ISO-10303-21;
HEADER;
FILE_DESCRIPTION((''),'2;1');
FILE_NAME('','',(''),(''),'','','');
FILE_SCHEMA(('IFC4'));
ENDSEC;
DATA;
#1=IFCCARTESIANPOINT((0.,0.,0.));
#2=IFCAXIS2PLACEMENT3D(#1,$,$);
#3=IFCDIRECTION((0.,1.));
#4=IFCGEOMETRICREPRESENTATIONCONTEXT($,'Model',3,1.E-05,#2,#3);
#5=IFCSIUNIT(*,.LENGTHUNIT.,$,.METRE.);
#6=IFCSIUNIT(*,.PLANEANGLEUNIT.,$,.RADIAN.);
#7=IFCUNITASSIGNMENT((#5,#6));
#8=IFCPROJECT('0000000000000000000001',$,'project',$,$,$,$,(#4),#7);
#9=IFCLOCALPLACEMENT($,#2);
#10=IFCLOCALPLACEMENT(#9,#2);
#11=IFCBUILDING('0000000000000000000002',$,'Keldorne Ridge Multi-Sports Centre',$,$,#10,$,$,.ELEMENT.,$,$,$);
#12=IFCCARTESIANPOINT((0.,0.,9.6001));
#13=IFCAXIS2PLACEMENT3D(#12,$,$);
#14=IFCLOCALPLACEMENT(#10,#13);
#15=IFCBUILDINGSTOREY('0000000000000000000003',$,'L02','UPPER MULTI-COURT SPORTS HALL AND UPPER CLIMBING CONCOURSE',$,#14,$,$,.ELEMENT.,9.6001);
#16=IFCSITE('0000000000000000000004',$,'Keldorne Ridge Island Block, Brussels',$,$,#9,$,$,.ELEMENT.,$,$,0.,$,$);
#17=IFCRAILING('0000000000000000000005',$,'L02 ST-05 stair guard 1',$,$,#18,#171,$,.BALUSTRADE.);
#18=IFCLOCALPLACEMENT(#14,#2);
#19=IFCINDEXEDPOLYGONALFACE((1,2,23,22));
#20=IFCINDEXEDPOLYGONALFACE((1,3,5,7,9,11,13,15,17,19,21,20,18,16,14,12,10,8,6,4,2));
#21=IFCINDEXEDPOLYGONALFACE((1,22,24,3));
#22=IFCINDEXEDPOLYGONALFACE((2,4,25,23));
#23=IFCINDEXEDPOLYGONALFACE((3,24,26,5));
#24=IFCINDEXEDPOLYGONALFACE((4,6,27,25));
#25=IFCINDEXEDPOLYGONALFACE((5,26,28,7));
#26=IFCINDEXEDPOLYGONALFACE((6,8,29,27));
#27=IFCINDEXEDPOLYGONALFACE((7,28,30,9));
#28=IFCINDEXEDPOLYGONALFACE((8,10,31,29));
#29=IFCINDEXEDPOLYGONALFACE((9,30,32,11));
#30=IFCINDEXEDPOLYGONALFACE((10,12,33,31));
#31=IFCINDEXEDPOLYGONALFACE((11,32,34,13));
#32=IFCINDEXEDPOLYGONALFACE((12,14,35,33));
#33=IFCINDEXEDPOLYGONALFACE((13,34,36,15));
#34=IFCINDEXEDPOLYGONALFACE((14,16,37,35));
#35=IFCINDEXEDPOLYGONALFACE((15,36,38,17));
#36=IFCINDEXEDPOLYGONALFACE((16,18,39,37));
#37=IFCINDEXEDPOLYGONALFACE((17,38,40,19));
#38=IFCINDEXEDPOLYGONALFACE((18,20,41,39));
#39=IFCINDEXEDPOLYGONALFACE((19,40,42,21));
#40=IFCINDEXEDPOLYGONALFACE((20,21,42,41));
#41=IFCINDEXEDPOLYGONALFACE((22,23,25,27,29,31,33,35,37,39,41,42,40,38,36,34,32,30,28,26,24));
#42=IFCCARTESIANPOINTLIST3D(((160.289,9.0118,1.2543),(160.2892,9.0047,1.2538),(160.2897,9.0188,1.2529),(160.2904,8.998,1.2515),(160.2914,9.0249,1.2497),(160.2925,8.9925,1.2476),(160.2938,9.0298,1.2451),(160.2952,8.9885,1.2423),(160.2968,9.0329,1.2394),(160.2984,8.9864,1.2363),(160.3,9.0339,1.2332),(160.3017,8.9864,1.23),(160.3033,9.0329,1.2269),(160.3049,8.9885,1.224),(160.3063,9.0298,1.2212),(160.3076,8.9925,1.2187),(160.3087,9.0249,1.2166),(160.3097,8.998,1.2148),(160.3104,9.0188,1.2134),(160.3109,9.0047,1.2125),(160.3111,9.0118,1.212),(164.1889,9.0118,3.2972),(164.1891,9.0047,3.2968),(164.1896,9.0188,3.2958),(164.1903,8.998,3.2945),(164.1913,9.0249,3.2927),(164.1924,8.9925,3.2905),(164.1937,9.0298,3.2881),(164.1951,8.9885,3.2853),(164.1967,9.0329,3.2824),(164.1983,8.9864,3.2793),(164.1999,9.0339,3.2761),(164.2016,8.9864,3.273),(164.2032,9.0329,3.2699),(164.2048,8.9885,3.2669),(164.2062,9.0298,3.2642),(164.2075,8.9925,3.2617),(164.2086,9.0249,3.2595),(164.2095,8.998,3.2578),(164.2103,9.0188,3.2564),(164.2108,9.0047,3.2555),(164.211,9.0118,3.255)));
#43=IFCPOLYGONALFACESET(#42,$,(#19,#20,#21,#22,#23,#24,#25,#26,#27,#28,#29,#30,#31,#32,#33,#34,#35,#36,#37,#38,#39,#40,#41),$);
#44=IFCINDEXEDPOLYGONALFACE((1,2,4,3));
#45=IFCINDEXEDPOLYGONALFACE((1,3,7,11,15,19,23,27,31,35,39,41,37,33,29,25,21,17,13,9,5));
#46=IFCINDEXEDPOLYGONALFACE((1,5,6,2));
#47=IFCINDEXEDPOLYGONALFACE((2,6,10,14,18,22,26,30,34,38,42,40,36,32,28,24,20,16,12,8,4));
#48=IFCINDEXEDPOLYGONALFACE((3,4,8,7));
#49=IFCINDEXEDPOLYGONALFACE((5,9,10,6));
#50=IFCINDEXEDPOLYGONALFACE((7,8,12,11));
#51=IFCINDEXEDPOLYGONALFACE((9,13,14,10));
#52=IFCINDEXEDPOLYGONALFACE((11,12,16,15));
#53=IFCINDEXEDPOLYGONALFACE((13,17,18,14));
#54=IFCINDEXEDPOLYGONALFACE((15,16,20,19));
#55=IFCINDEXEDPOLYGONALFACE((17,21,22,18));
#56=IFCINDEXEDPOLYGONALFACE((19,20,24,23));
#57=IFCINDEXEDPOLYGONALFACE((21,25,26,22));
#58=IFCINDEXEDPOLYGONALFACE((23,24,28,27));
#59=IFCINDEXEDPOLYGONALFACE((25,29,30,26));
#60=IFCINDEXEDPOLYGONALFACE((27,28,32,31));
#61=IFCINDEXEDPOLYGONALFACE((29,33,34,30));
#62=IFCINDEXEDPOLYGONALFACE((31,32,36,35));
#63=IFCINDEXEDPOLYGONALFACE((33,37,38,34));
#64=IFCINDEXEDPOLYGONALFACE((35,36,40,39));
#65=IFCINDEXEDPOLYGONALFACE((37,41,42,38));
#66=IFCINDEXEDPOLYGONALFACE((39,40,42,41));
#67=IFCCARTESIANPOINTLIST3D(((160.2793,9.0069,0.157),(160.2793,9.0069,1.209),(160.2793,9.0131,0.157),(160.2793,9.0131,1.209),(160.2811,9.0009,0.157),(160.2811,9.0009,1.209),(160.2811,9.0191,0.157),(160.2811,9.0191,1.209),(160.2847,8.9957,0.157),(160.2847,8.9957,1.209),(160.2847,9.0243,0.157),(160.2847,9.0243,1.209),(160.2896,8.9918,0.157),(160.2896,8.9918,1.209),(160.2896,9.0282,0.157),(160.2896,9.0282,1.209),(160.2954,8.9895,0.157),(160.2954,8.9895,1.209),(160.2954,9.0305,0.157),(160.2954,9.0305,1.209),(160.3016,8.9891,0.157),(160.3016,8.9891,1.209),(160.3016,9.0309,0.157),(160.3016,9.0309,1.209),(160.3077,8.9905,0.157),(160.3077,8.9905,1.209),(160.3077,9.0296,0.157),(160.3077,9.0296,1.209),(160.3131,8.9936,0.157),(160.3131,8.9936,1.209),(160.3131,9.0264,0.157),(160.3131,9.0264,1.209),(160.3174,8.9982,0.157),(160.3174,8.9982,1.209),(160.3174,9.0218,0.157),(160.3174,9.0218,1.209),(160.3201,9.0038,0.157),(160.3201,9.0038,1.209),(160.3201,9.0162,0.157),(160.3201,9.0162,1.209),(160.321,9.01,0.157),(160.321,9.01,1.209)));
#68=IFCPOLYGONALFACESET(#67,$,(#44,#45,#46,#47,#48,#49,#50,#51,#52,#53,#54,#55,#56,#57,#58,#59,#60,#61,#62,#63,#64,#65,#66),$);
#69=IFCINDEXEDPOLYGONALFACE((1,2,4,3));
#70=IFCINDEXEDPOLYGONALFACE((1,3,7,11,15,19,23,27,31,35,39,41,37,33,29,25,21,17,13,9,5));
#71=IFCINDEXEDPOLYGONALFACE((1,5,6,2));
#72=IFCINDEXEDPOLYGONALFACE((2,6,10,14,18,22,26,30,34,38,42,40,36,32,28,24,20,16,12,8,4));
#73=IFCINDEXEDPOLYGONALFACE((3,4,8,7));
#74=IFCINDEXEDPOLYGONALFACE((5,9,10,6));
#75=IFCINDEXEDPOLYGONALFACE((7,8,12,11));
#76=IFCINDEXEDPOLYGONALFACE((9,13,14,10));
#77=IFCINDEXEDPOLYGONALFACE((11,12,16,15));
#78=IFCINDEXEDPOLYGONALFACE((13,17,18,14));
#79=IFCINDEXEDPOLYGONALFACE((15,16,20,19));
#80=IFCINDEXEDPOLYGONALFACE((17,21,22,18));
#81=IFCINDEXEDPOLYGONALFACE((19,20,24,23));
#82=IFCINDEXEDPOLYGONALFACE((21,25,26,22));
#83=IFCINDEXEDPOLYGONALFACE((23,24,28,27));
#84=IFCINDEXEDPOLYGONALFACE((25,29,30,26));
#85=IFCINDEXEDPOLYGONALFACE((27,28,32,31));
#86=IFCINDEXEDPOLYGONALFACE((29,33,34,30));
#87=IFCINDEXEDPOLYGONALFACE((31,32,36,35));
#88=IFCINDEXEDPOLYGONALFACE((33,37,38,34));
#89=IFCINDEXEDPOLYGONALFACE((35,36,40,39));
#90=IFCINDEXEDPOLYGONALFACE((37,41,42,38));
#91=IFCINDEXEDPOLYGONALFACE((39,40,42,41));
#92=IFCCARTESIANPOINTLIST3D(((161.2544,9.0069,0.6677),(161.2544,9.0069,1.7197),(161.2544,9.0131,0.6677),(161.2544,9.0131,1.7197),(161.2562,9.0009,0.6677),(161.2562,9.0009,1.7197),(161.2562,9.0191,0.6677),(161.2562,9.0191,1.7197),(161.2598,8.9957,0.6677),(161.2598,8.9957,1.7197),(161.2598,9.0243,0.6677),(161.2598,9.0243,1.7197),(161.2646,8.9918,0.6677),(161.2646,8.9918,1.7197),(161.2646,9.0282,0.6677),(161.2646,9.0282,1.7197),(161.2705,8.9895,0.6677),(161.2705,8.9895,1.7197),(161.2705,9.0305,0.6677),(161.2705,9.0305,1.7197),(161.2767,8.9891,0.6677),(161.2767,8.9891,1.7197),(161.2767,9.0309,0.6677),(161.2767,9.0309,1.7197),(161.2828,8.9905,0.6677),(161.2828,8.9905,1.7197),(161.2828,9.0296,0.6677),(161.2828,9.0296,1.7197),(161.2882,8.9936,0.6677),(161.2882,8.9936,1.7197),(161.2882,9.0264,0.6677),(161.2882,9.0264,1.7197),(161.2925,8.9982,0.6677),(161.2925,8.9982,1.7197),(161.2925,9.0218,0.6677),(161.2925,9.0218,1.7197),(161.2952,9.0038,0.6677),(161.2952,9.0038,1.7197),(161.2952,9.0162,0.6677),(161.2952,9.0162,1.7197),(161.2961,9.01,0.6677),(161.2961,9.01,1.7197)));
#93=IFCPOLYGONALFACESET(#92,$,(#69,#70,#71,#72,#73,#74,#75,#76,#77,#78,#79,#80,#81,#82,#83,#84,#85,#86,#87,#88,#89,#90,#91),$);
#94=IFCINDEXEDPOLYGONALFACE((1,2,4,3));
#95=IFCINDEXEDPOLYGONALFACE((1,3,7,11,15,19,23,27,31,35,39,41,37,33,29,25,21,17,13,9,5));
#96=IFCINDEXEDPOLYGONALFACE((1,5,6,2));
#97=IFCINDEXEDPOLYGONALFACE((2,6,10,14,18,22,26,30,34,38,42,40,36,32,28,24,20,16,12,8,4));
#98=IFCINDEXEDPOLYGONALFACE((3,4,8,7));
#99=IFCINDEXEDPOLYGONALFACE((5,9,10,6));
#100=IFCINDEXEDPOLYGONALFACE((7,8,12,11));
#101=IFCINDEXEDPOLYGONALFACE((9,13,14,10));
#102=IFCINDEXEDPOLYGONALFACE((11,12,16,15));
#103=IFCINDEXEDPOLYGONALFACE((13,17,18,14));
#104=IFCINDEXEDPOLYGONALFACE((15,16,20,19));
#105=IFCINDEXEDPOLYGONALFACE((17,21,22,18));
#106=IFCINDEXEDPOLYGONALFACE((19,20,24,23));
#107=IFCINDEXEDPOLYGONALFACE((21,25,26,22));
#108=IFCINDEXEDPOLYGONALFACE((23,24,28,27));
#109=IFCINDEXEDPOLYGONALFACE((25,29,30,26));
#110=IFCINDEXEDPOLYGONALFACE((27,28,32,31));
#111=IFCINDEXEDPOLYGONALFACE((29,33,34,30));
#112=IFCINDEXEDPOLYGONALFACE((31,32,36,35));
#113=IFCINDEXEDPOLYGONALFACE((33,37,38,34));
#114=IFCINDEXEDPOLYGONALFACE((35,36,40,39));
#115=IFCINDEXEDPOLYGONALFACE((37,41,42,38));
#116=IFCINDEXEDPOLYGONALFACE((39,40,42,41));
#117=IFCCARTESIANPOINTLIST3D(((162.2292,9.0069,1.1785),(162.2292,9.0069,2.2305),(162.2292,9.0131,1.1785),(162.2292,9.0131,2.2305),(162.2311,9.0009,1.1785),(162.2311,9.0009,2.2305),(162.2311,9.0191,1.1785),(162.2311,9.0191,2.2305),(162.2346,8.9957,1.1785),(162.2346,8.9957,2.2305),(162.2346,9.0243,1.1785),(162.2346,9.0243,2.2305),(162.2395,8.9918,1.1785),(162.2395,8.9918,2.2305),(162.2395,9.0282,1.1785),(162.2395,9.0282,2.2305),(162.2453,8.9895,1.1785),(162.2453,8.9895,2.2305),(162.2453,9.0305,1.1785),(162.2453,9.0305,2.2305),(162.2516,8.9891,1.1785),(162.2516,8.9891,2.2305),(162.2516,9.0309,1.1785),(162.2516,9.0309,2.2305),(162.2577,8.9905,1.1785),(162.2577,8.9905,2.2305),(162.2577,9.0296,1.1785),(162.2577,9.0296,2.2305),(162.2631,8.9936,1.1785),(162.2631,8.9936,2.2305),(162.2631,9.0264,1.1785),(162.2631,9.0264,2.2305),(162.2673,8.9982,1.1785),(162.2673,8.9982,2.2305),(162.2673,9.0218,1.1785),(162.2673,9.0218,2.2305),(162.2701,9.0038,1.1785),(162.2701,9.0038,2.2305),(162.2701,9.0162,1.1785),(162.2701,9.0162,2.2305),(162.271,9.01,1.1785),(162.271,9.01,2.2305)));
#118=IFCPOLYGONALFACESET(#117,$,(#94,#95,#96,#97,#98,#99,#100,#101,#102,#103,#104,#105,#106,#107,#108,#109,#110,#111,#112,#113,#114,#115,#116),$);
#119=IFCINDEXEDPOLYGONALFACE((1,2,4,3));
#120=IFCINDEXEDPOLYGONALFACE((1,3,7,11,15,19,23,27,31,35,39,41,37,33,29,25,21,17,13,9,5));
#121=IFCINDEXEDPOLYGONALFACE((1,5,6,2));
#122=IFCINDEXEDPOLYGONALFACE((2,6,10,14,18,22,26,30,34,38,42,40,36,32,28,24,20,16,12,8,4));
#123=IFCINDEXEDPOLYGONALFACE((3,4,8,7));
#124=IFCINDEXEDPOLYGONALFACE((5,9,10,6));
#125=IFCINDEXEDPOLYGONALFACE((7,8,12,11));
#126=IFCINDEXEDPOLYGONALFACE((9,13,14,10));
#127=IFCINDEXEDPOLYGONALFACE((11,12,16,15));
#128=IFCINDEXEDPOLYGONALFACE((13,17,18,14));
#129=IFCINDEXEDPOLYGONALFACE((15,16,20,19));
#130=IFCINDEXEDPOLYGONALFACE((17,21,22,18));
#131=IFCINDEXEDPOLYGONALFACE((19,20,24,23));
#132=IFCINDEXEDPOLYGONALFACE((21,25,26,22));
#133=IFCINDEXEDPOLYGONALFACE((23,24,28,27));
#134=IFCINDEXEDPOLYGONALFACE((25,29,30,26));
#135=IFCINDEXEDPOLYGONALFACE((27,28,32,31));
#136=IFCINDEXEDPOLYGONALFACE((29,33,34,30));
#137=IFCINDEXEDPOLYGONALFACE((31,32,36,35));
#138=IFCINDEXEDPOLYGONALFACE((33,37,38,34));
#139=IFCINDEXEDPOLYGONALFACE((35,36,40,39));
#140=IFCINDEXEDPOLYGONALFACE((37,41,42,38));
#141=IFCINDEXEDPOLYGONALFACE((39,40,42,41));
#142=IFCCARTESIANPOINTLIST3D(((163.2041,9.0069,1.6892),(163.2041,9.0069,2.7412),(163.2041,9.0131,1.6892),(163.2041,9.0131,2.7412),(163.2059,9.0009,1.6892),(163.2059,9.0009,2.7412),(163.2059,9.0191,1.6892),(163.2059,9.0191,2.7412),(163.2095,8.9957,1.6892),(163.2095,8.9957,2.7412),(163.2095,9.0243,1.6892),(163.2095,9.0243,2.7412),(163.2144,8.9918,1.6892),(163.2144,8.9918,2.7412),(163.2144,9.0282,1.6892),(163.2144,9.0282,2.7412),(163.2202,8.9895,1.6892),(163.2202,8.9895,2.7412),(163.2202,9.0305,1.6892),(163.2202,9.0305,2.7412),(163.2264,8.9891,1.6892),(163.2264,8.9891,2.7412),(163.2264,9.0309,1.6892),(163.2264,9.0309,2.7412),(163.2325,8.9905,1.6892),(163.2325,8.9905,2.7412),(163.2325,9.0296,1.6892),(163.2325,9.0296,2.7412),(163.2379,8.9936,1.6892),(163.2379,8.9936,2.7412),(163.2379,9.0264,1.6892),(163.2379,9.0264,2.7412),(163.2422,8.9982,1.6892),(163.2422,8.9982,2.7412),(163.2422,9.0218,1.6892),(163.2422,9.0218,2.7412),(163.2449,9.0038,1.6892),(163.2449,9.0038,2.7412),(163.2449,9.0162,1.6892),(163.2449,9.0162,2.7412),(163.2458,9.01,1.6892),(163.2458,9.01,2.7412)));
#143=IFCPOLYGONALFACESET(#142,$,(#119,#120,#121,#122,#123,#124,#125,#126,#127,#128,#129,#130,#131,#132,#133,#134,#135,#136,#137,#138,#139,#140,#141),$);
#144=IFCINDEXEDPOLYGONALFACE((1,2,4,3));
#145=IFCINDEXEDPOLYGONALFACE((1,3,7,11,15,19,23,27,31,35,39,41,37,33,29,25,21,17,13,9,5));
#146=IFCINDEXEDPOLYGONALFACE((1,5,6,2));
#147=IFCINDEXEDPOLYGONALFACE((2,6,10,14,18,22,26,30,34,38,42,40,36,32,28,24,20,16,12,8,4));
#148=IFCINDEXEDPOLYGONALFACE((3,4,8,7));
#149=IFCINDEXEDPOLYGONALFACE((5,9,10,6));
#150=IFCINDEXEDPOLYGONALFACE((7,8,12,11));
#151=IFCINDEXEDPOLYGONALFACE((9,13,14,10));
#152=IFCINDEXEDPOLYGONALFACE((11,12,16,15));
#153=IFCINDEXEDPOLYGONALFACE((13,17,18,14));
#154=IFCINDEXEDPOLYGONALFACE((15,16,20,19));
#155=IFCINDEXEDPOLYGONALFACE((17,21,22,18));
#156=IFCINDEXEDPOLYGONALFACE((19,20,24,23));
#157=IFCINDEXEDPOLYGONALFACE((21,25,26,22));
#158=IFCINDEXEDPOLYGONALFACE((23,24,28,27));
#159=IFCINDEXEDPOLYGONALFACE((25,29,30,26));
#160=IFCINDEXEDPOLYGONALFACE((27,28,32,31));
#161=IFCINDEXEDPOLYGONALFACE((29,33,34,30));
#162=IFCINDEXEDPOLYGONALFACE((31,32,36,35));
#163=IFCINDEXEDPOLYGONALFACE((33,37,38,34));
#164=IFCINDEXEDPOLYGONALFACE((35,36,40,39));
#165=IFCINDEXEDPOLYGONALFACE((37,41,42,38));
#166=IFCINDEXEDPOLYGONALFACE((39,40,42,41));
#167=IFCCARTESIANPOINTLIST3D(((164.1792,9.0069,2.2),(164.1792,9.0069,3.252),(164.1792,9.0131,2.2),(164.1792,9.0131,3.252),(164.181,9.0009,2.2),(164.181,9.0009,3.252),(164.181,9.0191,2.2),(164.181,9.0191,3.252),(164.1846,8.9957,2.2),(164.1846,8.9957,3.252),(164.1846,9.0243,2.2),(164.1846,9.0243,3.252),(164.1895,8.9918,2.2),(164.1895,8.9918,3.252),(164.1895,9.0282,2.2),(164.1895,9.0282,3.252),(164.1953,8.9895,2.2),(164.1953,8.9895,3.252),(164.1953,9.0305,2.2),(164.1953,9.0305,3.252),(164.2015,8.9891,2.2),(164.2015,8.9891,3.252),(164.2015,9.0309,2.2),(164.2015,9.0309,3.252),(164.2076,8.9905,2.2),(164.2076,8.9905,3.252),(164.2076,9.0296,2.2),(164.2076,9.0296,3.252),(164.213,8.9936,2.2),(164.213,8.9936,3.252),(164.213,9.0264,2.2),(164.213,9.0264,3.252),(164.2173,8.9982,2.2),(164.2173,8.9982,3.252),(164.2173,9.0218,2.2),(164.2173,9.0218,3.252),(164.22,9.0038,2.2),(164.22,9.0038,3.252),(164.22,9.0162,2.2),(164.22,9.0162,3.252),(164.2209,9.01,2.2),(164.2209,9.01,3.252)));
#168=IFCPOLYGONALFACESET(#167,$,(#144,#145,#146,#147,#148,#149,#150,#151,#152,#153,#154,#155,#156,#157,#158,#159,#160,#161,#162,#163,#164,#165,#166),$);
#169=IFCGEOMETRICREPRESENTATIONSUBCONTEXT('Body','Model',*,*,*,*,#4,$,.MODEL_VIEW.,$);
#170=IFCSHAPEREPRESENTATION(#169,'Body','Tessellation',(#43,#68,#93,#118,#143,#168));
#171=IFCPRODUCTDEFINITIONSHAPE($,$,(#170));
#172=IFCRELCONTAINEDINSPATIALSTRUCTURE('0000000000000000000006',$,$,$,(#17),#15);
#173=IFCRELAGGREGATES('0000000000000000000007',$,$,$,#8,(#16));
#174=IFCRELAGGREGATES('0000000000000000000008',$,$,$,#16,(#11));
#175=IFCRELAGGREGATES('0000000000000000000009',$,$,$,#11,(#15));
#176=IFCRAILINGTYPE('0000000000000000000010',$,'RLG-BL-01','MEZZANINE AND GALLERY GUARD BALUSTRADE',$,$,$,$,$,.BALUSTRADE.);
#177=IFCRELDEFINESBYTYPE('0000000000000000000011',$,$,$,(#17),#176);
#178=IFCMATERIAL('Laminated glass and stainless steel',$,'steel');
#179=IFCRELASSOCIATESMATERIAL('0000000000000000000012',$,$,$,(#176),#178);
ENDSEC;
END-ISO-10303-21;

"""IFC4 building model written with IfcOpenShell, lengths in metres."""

from ifc_helpers import new_model, si_unit, direction, frame, origin, origin_2d, place, context, subcontext, project, spatial, circle, extrude, material, type_object, element, save


model = new_model("IFC4")

# Units and contexts
model_context = context("Model", 3, precision=1e-05, world=origin(), true_north=direction((0.0, 1.0)))
body_context = subcontext(model_context, "Body", "Model", "MODEL_VIEW")
ifc_project = project(units=[si_unit("LENGTHUNIT", "METRE"), si_unit("PLANEANGLEUNIT", "RADIAN")], contexts=[model_context])

# Site, building, storey
site_placement = place(None, origin())
site = spatial("IfcSite", under=ifc_project, at=site_placement, Name="Keldorne Ridge Island Block, Brussels", CompositionType="ELEMENT", RefElevation=0.0)
building_placement = place(site_placement, origin())
building = spatial("IfcBuilding", under=site, at=building_placement, Name="Keldorne Ridge Multi-Sports Centre", CompositionType="ELEMENT")
storey_placement = place(building_placement, frame((0.0, 0.0, 9.6001)))
storey = spatial("IfcBuildingStorey", under=building, at=storey_placement, Name="L02", Description="UPPER MULTI-COURT SPORTS HALL AND UPPER CLIMBING CONCOURSE", CompositionType="ELEMENT", Elevation=9.6001)

# Railing
ifc_material_1 = material(Name="Laminated glass and stainless steel", Category="steel")
railing_type_1 = type_object("IfcRailingType", Name="RLG-BL-01", Description="MEZZANINE AND GALLERY GUARD BALUSTRADE", PredefinedType="BALUSTRADE", material=ifc_material_1)
railing_1_placement = place(storey_placement, frame((160.3, 9.01, 0.157)))
element("IfcRailing", 1, at=railing_1_placement, inside=storey, type_object=railing_type_1, Name="L02 ST-05 stair guard 1", PredefinedType="BALUSTRADE", context=body_context, shape_type="SweptSolid", body=[
    extrude(circle(Radius=0.0239, at=origin_2d()), frame((0.0, 0.0, 1.0762), z_axis=(0.885816, 0.0, 0.464036), x_axis=(0.0, 1.0, 0.0)), (0.0, 0.0, 1.0), 4.4026),
    extrude(circle(Radius=0.021, at=origin_2d()), origin(), (0.0, 0.0, 1.0), 1.052),
    extrude(circle(Radius=0.021, at=origin_2d()), frame((0.9751, 0.0, 0.5107)), (0.0, 0.0, 1.0), 1.052),
    extrude(circle(Radius=0.021, at=origin_2d()), frame((1.95, 0.0, 1.0215)), (0.0, 0.0, 1.0), 1.052),
    extrude(circle(Radius=0.021, at=origin_2d()), frame((2.9248, 0.0, 1.5322)), (0.0, 0.0, 1.0), 1.052),
    extrude(circle(Radius=0.021, at=origin_2d()), frame((3.8999, 0.0, 2.043)), (0.0, 0.0, 1.0), 1.052),
])

save(model, "model.ifc")
